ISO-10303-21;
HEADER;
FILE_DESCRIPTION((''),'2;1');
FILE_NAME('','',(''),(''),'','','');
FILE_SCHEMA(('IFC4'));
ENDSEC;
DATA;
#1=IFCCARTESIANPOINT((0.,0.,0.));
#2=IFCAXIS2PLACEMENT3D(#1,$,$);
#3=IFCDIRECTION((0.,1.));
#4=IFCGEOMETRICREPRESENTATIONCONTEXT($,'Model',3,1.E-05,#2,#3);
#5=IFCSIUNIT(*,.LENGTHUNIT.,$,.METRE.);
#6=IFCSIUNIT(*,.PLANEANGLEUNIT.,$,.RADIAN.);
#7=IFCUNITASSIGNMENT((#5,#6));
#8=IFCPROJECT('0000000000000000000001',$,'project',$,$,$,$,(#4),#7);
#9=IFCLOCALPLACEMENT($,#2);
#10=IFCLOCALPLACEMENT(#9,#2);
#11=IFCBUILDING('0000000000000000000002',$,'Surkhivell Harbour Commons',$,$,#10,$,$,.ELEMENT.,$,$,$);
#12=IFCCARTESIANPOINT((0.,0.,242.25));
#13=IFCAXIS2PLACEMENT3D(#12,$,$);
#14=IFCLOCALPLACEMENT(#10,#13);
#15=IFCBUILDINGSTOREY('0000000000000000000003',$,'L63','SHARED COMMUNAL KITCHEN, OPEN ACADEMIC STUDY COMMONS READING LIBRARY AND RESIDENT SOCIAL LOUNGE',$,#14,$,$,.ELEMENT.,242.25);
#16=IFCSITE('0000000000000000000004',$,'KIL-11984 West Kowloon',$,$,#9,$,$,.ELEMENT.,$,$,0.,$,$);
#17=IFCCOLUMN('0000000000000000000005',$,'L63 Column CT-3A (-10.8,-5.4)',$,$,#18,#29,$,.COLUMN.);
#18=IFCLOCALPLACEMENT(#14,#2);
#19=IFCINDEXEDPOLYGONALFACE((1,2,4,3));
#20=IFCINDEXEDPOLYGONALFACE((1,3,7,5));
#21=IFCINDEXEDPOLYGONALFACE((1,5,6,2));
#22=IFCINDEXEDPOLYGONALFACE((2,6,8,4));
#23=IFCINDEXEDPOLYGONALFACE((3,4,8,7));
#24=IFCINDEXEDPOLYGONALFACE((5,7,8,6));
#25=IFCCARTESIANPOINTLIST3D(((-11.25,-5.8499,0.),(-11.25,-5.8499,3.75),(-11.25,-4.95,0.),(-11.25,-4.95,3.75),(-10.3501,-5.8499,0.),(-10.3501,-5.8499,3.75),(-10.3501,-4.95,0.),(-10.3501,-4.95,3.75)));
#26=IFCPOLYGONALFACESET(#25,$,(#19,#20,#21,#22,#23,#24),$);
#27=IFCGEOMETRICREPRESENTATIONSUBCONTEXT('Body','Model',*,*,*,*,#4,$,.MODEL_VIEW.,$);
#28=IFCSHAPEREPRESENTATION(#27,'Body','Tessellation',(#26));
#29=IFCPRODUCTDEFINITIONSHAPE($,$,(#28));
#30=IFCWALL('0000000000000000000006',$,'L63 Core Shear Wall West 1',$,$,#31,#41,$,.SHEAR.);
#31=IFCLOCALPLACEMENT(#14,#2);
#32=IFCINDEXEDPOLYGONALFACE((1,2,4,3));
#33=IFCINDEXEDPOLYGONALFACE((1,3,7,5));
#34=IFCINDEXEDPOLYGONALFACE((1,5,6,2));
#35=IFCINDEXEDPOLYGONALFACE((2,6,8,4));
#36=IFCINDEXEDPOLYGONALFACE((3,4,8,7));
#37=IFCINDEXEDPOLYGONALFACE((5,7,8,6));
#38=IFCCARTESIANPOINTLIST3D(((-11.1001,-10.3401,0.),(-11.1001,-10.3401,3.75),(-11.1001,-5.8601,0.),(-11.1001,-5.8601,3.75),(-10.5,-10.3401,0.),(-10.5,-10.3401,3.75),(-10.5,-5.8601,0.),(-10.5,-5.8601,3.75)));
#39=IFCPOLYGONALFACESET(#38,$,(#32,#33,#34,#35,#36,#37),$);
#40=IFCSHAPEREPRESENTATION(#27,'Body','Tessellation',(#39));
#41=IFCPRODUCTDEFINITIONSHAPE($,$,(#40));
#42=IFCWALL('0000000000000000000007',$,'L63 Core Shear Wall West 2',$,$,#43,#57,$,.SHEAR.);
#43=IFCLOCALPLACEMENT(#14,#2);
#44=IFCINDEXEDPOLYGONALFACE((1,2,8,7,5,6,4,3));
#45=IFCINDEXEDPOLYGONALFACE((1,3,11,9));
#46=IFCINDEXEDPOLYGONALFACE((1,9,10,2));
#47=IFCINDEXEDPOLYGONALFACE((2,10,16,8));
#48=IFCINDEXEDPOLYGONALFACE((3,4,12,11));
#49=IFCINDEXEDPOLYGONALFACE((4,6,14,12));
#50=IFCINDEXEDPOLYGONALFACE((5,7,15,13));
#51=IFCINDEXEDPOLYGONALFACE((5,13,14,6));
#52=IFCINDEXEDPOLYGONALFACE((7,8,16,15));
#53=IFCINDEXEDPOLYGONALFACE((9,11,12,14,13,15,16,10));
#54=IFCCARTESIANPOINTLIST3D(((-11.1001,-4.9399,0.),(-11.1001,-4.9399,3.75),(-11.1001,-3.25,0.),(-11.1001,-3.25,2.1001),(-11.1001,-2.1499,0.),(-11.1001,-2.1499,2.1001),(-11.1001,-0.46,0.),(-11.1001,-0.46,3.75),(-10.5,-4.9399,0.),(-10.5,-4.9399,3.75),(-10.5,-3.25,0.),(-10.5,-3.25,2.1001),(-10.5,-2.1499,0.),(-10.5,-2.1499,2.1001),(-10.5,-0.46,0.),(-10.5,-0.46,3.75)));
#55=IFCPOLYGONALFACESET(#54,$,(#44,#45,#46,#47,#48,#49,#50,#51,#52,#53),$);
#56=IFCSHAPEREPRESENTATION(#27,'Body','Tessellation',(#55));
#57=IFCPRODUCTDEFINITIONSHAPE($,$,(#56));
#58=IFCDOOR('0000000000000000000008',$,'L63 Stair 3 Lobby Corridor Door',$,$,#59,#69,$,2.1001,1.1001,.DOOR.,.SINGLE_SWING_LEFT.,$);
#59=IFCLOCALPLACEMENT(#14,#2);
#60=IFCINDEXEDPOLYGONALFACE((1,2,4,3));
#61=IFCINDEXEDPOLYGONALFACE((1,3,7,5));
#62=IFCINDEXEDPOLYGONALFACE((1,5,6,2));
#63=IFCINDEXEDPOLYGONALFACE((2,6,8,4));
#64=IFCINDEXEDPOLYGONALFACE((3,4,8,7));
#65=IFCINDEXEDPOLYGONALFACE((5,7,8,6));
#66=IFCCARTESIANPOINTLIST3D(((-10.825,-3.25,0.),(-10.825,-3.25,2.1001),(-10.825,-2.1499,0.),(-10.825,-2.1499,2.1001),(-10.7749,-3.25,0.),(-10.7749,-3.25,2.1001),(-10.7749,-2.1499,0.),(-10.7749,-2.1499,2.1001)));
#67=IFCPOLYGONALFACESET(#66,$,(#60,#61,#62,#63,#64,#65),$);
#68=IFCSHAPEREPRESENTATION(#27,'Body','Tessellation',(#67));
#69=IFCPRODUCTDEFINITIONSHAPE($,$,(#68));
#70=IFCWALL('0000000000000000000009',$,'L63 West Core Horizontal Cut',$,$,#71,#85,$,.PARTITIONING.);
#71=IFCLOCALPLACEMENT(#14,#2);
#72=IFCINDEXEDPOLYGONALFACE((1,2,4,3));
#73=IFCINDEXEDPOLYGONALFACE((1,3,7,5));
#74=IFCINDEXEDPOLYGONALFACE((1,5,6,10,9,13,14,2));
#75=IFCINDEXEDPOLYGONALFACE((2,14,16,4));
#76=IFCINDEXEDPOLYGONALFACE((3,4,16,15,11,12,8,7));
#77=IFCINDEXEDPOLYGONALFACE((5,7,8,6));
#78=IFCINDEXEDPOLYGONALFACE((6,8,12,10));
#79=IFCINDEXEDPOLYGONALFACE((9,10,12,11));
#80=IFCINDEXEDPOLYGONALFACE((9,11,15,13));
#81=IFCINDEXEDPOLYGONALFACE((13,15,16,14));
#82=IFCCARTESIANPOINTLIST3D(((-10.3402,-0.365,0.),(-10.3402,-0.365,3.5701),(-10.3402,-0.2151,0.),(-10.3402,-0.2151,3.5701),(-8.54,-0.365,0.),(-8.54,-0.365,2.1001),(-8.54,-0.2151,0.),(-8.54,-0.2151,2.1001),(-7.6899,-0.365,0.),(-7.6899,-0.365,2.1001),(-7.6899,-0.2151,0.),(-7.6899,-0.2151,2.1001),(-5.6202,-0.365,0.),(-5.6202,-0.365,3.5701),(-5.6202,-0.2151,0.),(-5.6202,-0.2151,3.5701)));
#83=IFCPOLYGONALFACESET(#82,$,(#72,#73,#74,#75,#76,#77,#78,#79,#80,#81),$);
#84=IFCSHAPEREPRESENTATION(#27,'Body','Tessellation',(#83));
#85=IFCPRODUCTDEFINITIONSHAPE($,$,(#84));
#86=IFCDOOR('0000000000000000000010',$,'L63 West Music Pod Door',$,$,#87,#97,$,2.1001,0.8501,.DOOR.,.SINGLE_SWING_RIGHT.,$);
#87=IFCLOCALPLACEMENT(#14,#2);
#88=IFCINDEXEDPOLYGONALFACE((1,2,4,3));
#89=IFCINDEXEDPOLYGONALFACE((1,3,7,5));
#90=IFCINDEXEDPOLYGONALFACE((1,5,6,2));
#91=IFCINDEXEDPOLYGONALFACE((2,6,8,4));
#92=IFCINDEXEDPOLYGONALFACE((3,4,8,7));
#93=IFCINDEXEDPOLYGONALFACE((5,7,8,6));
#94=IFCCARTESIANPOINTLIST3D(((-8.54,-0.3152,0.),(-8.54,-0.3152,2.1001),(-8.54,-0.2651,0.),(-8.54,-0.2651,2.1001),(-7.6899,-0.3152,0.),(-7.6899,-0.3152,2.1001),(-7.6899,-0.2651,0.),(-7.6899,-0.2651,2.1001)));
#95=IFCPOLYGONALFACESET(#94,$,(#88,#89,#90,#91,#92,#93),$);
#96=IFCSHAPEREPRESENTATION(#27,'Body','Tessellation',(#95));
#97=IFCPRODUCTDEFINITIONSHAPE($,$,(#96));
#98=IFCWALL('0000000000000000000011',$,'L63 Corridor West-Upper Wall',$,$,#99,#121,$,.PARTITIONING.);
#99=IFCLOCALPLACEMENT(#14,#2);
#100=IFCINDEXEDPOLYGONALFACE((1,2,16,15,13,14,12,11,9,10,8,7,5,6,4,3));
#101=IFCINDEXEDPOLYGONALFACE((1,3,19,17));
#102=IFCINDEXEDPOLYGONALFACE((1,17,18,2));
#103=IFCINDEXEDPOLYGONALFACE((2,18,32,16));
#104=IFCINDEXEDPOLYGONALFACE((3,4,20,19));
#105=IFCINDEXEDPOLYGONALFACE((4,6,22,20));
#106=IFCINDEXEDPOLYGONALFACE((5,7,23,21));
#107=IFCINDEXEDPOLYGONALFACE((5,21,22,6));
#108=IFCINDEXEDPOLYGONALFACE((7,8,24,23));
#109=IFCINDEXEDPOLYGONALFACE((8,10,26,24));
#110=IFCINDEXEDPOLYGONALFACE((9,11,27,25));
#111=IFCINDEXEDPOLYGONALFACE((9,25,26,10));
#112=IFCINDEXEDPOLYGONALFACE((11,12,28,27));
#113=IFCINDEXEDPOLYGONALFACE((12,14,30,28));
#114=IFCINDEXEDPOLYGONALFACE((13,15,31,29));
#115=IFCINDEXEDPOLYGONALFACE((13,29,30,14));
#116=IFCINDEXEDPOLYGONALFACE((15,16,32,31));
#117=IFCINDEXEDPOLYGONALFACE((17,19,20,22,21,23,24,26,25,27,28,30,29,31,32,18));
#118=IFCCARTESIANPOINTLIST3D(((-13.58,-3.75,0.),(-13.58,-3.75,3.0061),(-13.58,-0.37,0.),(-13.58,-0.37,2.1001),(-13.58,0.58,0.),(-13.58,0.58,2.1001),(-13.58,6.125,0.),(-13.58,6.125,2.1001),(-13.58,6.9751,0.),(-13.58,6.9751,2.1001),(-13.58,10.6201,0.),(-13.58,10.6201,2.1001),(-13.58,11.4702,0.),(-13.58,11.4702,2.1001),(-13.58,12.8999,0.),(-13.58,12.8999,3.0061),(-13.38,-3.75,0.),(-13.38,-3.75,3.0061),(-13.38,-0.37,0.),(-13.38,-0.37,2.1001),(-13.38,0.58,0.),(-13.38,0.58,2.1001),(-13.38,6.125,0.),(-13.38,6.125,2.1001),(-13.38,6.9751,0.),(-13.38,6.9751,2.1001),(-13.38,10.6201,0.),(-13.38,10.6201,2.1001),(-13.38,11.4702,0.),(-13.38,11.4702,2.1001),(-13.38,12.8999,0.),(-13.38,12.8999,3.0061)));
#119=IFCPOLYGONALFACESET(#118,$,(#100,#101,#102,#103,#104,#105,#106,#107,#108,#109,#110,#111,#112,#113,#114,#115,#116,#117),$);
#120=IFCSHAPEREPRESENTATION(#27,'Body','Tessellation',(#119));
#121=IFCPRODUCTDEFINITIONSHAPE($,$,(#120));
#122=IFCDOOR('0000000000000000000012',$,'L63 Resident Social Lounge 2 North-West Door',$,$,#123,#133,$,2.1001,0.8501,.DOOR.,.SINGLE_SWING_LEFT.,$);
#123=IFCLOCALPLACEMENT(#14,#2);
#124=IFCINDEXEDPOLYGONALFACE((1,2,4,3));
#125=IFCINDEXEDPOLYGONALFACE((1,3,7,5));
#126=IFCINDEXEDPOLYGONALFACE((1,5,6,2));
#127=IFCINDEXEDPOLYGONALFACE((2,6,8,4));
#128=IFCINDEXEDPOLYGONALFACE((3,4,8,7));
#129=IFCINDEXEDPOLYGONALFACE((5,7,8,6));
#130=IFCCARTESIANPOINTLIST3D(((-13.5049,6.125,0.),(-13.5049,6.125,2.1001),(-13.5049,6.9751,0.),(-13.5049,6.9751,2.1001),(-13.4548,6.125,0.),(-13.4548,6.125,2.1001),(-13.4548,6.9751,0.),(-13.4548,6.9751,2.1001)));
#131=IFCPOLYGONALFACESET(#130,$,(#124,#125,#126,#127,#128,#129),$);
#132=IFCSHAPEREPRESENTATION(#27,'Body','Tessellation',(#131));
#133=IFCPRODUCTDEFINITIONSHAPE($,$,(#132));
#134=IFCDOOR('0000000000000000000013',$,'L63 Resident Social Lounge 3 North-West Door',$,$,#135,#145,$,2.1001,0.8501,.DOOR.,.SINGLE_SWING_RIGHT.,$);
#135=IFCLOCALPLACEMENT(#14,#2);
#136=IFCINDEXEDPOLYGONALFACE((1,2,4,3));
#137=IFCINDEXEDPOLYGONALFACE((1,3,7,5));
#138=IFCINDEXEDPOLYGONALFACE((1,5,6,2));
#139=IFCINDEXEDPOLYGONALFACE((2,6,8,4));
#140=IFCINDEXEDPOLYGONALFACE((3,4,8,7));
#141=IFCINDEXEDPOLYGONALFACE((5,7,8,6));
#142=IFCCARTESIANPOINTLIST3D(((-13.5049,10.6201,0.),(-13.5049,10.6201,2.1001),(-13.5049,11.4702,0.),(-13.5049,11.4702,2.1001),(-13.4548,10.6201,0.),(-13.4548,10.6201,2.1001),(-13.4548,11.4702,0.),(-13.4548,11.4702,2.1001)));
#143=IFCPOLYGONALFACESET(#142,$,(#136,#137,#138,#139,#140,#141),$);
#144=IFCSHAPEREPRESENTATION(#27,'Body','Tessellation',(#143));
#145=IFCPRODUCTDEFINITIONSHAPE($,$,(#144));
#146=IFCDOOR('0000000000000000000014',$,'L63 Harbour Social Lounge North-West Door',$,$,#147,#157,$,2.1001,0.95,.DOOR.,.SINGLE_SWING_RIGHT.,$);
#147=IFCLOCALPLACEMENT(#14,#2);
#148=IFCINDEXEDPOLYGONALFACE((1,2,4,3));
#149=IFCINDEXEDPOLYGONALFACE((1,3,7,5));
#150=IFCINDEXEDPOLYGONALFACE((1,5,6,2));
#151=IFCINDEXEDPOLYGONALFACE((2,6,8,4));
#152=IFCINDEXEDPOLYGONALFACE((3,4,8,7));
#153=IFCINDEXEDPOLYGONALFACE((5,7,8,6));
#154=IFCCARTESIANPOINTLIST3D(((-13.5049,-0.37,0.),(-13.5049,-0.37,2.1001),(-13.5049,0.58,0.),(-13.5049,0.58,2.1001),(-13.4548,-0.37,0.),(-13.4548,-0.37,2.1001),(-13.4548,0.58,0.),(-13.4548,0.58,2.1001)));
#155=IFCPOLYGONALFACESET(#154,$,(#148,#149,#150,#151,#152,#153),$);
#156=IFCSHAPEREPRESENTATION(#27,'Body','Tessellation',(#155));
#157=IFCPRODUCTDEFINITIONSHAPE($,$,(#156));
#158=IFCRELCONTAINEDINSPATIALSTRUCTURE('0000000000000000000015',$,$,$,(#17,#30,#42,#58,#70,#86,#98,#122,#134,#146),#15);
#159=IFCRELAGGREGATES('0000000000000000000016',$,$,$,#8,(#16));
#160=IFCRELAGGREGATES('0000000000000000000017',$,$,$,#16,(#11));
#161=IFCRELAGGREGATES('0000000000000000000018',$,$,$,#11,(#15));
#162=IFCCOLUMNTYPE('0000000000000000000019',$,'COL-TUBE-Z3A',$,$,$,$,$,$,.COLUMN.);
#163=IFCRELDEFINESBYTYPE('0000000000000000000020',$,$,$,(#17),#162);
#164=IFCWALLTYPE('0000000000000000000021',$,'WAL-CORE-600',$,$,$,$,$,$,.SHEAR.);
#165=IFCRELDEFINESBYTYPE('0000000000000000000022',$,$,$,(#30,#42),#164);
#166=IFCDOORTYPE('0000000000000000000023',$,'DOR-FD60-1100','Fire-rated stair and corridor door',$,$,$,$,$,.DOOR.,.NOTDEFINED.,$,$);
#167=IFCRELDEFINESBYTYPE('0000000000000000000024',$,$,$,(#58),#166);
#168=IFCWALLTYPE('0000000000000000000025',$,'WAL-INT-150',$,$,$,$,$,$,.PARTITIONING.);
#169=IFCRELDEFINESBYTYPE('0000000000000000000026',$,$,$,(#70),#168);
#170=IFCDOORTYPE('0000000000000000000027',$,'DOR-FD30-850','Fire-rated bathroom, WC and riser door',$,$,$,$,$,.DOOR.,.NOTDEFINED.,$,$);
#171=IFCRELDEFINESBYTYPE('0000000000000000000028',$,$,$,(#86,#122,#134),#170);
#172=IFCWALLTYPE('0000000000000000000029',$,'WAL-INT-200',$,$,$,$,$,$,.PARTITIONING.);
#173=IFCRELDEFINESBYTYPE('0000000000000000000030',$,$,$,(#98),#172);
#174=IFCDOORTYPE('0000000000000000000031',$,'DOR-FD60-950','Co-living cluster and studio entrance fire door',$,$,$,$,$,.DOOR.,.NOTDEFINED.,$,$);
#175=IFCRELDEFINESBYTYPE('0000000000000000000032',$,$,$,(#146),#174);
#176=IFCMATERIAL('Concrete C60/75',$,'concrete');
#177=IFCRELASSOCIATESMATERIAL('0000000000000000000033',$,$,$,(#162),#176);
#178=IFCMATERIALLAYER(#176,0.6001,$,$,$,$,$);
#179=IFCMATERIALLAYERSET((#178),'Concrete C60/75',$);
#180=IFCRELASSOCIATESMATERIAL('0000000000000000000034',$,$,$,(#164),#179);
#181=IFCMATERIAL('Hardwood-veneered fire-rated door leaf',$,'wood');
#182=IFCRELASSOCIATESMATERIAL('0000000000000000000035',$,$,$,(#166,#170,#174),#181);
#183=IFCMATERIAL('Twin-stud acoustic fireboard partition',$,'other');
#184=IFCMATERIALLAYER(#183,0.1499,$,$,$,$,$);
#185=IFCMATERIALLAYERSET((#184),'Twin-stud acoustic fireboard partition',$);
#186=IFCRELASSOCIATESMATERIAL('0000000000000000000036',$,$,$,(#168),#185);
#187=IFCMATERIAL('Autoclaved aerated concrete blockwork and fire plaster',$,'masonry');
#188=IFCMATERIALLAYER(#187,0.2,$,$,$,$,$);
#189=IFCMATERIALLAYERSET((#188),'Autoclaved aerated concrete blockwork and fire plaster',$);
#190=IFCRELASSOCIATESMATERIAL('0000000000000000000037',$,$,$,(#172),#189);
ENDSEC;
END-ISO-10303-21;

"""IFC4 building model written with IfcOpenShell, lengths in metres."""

from ifc_helpers import new_model, si_unit, direction, frame, frame_2d, origin, origin_2d, place, context, subcontext, project, spatial, rectangle, extrude, material, layer, layer_set, material_profile, profile_set, type_object, element, fill, save


model = new_model("IFC4")

# Units and contexts
model_context = context("Model", 3, precision=1e-05, world=origin(), true_north=direction((0.0, 1.0)))
body_context = subcontext(model_context, "Body", "Model", "MODEL_VIEW")
ifc_project = project(units=[si_unit("LENGTHUNIT", "METRE"), si_unit("PLANEANGLEUNIT", "RADIAN")], contexts=[model_context])

# Site, building, storey
site_placement = place(None, origin())
site = spatial("IfcSite", under=ifc_project, at=site_placement, Name="KIL-11984 West Kowloon", CompositionType="ELEMENT", RefElevation=0.0)
building_placement = place(site_placement, origin())
building = spatial("IfcBuilding", under=site, at=building_placement, Name="Surkhivell Harbour Commons", CompositionType="ELEMENT")
storey_placement = place(building_placement, frame((0.0, 0.0, 242.25)))
storey = spatial("IfcBuildingStorey", under=building, at=storey_placement, Name="L63", Description="SHARED COMMUNAL KITCHEN, OPEN ACADEMIC STUDY COMMONS READING LIBRARY AND RESIDENT SOCIAL LOUNGE", CompositionType="ELEMENT", Elevation=242.25)

# Column
ifc_material_1 = material(Name="Concrete C60/75", Category="concrete")
ifc_material_profile = material_profile(ifc_material_1, rectangle(XDim=0.8999, YDim=0.8999, at=origin_2d()), Name="RC-COL-900x900")
ifc_profile_set = profile_set([ifc_material_profile], Name="Concrete C60/75")
column_type = type_object("IfcColumnType", Name="COL-TUBE-Z3A", PredefinedType="COLUMN", material=ifc_profile_set)
column_placement = place(storey_placement, frame((-10.8, -5.3999, 0.0), z_axis=(0.0, 0.0, 1.0), x_axis=(1.0, 0.0, 0.0)))
element("IfcColumn", 1, at=column_placement, inside=storey, type_object=column_type, Name="L63 Column CT-3A (-10.8,-5.4)", PredefinedType="COLUMN", context=body_context, shape_type="SweptSolid", body=[
    extrude(rectangle(XDim=0.8999, YDim=0.8999, at=origin_2d()), origin(), (0.0, 0.0, 1.0), 3.75),
])

# Wall
ifc_layer_1 = layer(ifc_material_1, 0.6001)
ifc_layer_set_1 = layer_set([ifc_layer_1], Name="Concrete C60/75")
wall_type_1 = type_object("IfcWallType", Name="WAL-CORE-600", PredefinedType="SHEAR", material=ifc_layer_set_1)
wall_1_placement = place(storey_placement, frame((-10.8, -10.3401, 0.0), z_axis=(0.0, 0.0, 1.0), x_axis=(0.0, 1.0, 0.0)))
element("IfcWall", 2, at=wall_1_placement, inside=storey, type_object=wall_type_1, Name="L63 Core Shear Wall West 1", PredefinedType="SHEAR", context=body_context, shape_type="SweptSolid", body=[
    extrude(rectangle(XDim=4.48, YDim=0.6001, at=frame_2d((2.24, 0.0))), origin(), (0.0, 0.0, 1.0), 3.75),
])

# Walls, openings, doors
wall_2_placement = place(storey_placement, frame((-10.8, -4.9399, 0.0), z_axis=(0.0, 0.0, 1.0), x_axis=(0.0, 1.0, 0.0)))
wall_2 = element("IfcWall", 3, at=wall_2_placement, inside=storey, type_object=wall_type_1, Name="L63 Core Shear Wall West 2", PredefinedType="SHEAR", context=body_context, shape_type="SweptSolid", body=[
    extrude(rectangle(XDim=4.48, YDim=0.6001, at=frame_2d((2.24, 0.0))), origin(), (0.0, 0.0, 1.0), 3.75),
])
opening_1_placement = place(wall_2_placement, frame((1.6899, 0.0, 0.0)))
opening_1 = element("IfcOpeningElement", 4, at=opening_1_placement, cuts=wall_2, PredefinedType="OPENING", context=body_context, shape_type="SweptSolid", body=[
    extrude(rectangle(XDim=1.1001, YDim=2.1001, at=frame_2d((0.55, 1.05))), frame((0.0, 0.3101, 0.0), z_axis=(0.0, -1.0, 0.0), x_axis=(1.0, 0.0, 0.0)), (0.0, 0.0, 1.0), 0.6201),
])
ifc_material_2 = material(Name="Hardwood-veneered fire-rated door leaf", Category="wood")
door_type_1 = type_object("IfcDoorType", Name="DOR-FD60-1100", Description="Fire-rated stair and corridor door", OperationType="NOTDEFINED", PredefinedType="DOOR", material=ifc_material_2)
door_1_placement = place(opening_1_placement, origin())
door_1 = element("IfcDoor", 5, at=door_1_placement, inside=storey, type_object=door_type_1, Name="L63 Stair 3 Lobby Corridor Door", OperationType="SINGLE_SWING_LEFT", OverallHeight=2.1001, OverallWidth=1.1001, PredefinedType="DOOR", context=body_context, shape_type="SweptSolid", body=[
    extrude(rectangle(XDim=1.1001, YDim=2.1001, at=frame_2d((0.55, 1.05))), frame((0.0, 0.0249, 0.0), z_axis=(0.0, -1.0, 0.0), x_axis=(1.0, 0.0, 0.0)), (0.0, 0.0, 1.0), 0.05),
])
fill(opening_1, door_1)
ifc_material_3 = material(Name="Twin-stud acoustic fireboard partition", Category="other")
ifc_layer_2 = layer(ifc_material_3, 0.1499)
ifc_layer_set_2 = layer_set([ifc_layer_2], Name="Twin-stud acoustic fireboard partition")
wall_type_2 = type_object("IfcWallType", Name="WAL-INT-150", PredefinedType="PARTITIONING", material=ifc_layer_set_2)
wall_3_placement = place(storey_placement, frame((-10.3401, -0.29, 0.0), z_axis=(0.0, 0.0, 1.0), x_axis=(1.0, 0.0, 0.0)))
wall_3 = element("IfcWall", 6, at=wall_3_placement, inside=storey, type_object=wall_type_2, Name="L63 West Core Horizontal Cut", PredefinedType="PARTITIONING", context=body_context, shape_type="SweptSolid", body=[
    extrude(rectangle(XDim=4.72, YDim=0.1499, at=frame_2d((2.3599, 0.0))), origin(), (0.0, 0.0, 1.0), 3.5701),
])
opening_2_placement = place(wall_3_placement, frame((1.8, 0.0, 0.0)))
opening_2 = element("IfcOpeningElement", 7, at=opening_2_placement, cuts=wall_3, PredefinedType="OPENING", context=body_context, shape_type="SweptSolid", body=[
    extrude(rectangle(XDim=0.8501, YDim=2.1001, at=frame_2d((0.425, 1.05))), frame((0.0, 0.085, 0.0), z_axis=(0.0, -1.0, 0.0), x_axis=(1.0, 0.0, 0.0)), (0.0, 0.0, 1.0), 0.1699),
])
door_type_2 = type_object("IfcDoorType", Name="DOR-FD30-850", Description="Fire-rated bathroom, WC and riser door", OperationType="NOTDEFINED", PredefinedType="DOOR", material=ifc_material_2)
door_2_placement = place(opening_2_placement, origin())
door_2 = element("IfcDoor", 8, at=door_2_placement, inside=storey, type_object=door_type_2, Name="L63 West Music Pod Door", OperationType="SINGLE_SWING_RIGHT", OverallHeight=2.1001, OverallWidth=0.8501, PredefinedType="DOOR", context=body_context, shape_type="SweptSolid", body=[
    extrude(rectangle(XDim=0.8501, YDim=2.1001, at=frame_2d((0.425, 1.05))), frame((0.0, 0.0249, 0.0), z_axis=(0.0, -1.0, 0.0), x_axis=(1.0, 0.0, 0.0)), (0.0, 0.0, 1.0), 0.05),
])
fill(opening_2, door_2)

# Wall, openings, doors
ifc_material_4 = material(Name="Autoclaved aerated concrete blockwork and fire plaster", Category="masonry")
ifc_layer_3 = layer(ifc_material_4, 0.2)
ifc_layer_set_3 = layer_set([ifc_layer_3], Name="Autoclaved aerated concrete blockwork and fire plaster")
wall_type_3 = type_object("IfcWallType", Name="WAL-INT-200", PredefinedType="PARTITIONING", material=ifc_layer_set_3)
wall_4_placement = place(storey_placement, frame((-13.48, -3.75, 0.0), z_axis=(0.0, 0.0, 1.0), x_axis=(0.0, 1.0, 0.0)))
wall_4 = element("IfcWall", 9, at=wall_4_placement, inside=storey, type_object=wall_type_3, Name="L63 Corridor West-Upper Wall", PredefinedType="PARTITIONING", context=body_context, shape_type="SweptSolid", body=[
    extrude(rectangle(XDim=16.6499, YDim=0.2, at=frame_2d((8.325, 0.0))), origin(), (0.0, 0.0, 1.0), 3.0061),
])
opening_3_placement = place(wall_4_placement, frame((3.3799, 0.0, 0.0)))
opening_3 = element("IfcOpeningElement", 10, at=opening_3_placement, cuts=wall_4, PredefinedType="OPENING", context=body_context, shape_type="SweptSolid", body=[
    extrude(rectangle(XDim=0.95, YDim=2.1001, at=frame_2d((0.4751, 1.05))), frame((0.0, 0.1099, 0.0), z_axis=(0.0, -1.0, 0.0), x_axis=(1.0, 0.0, 0.0)), (0.0, 0.0, 1.0), 0.22),
])
opening_4_placement = place(wall_4_placement, frame((9.875, 0.0, 0.0)))
opening_4 = element("IfcOpeningElement", 11, at=opening_4_placement, cuts=wall_4, PredefinedType="OPENING", context=body_context, shape_type="SweptSolid", body=[
    extrude(rectangle(XDim=0.8501, YDim=2.1001, at=frame_2d((0.425, 1.05))), frame((0.0, 0.1099, 0.0), z_axis=(0.0, -1.0, 0.0), x_axis=(1.0, 0.0, 0.0)), (0.0, 0.0, 1.0), 0.22),
])
opening_5_placement = place(wall_4_placement, frame((14.3701, 0.0, 0.0)))
opening_5 = element("IfcOpeningElement", 12, at=opening_5_placement, cuts=wall_4, PredefinedType="OPENING", context=body_context, shape_type="SweptSolid", body=[
    extrude(rectangle(XDim=0.8501, YDim=2.1001, at=frame_2d((0.425, 1.05))), frame((0.0, 0.1099, 0.0), z_axis=(0.0, -1.0, 0.0), x_axis=(1.0, 0.0, 0.0)), (0.0, 0.0, 1.0), 0.22),
])
door_3_placement = place(opening_4_placement, origin())
door_3 = element("IfcDoor", 13, at=door_3_placement, inside=storey, type_object=door_type_2, Name="L63 Resident Social Lounge 2 North-West Door", OperationType="SINGLE_SWING_LEFT", OverallHeight=2.1001, OverallWidth=0.8501, PredefinedType="DOOR", context=body_context, shape_type="SweptSolid", body=[
    extrude(rectangle(XDim=0.8501, YDim=2.1001, at=frame_2d((0.425, 1.05))), frame((0.0, 0.0249, 0.0), z_axis=(0.0, -1.0, 0.0), x_axis=(1.0, 0.0, 0.0)), (0.0, 0.0, 1.0), 0.05),
])
fill(opening_4, door_3)
door_4_placement = place(opening_5_placement, origin())
door_4 = element("IfcDoor", 14, at=door_4_placement, inside=storey, type_object=door_type_2, Name="L63 Resident Social Lounge 3 North-West Door", OperationType="SINGLE_SWING_RIGHT", OverallHeight=2.1001, OverallWidth=0.8501, PredefinedType="DOOR", context=body_context, shape_type="SweptSolid", body=[
    extrude(rectangle(XDim=0.8501, YDim=2.1001, at=frame_2d((0.425, 1.05))), frame((0.0, 0.0249, 0.0), z_axis=(0.0, -1.0, 0.0), x_axis=(1.0, 0.0, 0.0)), (0.0, 0.0, 1.0), 0.05),
])
fill(opening_5, door_4)
door_type_3 = type_object("IfcDoorType", Name="DOR-FD60-950", Description="Co-living cluster and studio entrance fire door", OperationType="NOTDEFINED", PredefinedType="DOOR", material=ifc_material_2)
door_5_placement = place(opening_3_placement, origin())
door_5 = element("IfcDoor", 15, at=door_5_placement, inside=storey, type_object=door_type_3, Name="L63 Harbour Social Lounge North-West Door", OperationType="SINGLE_SWING_RIGHT", OverallHeight=2.1001, OverallWidth=0.95, PredefinedType="DOOR", context=body_context, shape_type="SweptSolid", body=[
    extrude(rectangle(XDim=0.95, YDim=2.1001, at=frame_2d((0.4751, 1.05))), frame((0.0, 0.0249, 0.0), z_axis=(0.0, -1.0, 0.0), x_axis=(1.0, 0.0, 0.0)), (0.0, 0.0, 1.0), 0.05),
])
fill(opening_3, door_5)

save(model, "model.ifc")
